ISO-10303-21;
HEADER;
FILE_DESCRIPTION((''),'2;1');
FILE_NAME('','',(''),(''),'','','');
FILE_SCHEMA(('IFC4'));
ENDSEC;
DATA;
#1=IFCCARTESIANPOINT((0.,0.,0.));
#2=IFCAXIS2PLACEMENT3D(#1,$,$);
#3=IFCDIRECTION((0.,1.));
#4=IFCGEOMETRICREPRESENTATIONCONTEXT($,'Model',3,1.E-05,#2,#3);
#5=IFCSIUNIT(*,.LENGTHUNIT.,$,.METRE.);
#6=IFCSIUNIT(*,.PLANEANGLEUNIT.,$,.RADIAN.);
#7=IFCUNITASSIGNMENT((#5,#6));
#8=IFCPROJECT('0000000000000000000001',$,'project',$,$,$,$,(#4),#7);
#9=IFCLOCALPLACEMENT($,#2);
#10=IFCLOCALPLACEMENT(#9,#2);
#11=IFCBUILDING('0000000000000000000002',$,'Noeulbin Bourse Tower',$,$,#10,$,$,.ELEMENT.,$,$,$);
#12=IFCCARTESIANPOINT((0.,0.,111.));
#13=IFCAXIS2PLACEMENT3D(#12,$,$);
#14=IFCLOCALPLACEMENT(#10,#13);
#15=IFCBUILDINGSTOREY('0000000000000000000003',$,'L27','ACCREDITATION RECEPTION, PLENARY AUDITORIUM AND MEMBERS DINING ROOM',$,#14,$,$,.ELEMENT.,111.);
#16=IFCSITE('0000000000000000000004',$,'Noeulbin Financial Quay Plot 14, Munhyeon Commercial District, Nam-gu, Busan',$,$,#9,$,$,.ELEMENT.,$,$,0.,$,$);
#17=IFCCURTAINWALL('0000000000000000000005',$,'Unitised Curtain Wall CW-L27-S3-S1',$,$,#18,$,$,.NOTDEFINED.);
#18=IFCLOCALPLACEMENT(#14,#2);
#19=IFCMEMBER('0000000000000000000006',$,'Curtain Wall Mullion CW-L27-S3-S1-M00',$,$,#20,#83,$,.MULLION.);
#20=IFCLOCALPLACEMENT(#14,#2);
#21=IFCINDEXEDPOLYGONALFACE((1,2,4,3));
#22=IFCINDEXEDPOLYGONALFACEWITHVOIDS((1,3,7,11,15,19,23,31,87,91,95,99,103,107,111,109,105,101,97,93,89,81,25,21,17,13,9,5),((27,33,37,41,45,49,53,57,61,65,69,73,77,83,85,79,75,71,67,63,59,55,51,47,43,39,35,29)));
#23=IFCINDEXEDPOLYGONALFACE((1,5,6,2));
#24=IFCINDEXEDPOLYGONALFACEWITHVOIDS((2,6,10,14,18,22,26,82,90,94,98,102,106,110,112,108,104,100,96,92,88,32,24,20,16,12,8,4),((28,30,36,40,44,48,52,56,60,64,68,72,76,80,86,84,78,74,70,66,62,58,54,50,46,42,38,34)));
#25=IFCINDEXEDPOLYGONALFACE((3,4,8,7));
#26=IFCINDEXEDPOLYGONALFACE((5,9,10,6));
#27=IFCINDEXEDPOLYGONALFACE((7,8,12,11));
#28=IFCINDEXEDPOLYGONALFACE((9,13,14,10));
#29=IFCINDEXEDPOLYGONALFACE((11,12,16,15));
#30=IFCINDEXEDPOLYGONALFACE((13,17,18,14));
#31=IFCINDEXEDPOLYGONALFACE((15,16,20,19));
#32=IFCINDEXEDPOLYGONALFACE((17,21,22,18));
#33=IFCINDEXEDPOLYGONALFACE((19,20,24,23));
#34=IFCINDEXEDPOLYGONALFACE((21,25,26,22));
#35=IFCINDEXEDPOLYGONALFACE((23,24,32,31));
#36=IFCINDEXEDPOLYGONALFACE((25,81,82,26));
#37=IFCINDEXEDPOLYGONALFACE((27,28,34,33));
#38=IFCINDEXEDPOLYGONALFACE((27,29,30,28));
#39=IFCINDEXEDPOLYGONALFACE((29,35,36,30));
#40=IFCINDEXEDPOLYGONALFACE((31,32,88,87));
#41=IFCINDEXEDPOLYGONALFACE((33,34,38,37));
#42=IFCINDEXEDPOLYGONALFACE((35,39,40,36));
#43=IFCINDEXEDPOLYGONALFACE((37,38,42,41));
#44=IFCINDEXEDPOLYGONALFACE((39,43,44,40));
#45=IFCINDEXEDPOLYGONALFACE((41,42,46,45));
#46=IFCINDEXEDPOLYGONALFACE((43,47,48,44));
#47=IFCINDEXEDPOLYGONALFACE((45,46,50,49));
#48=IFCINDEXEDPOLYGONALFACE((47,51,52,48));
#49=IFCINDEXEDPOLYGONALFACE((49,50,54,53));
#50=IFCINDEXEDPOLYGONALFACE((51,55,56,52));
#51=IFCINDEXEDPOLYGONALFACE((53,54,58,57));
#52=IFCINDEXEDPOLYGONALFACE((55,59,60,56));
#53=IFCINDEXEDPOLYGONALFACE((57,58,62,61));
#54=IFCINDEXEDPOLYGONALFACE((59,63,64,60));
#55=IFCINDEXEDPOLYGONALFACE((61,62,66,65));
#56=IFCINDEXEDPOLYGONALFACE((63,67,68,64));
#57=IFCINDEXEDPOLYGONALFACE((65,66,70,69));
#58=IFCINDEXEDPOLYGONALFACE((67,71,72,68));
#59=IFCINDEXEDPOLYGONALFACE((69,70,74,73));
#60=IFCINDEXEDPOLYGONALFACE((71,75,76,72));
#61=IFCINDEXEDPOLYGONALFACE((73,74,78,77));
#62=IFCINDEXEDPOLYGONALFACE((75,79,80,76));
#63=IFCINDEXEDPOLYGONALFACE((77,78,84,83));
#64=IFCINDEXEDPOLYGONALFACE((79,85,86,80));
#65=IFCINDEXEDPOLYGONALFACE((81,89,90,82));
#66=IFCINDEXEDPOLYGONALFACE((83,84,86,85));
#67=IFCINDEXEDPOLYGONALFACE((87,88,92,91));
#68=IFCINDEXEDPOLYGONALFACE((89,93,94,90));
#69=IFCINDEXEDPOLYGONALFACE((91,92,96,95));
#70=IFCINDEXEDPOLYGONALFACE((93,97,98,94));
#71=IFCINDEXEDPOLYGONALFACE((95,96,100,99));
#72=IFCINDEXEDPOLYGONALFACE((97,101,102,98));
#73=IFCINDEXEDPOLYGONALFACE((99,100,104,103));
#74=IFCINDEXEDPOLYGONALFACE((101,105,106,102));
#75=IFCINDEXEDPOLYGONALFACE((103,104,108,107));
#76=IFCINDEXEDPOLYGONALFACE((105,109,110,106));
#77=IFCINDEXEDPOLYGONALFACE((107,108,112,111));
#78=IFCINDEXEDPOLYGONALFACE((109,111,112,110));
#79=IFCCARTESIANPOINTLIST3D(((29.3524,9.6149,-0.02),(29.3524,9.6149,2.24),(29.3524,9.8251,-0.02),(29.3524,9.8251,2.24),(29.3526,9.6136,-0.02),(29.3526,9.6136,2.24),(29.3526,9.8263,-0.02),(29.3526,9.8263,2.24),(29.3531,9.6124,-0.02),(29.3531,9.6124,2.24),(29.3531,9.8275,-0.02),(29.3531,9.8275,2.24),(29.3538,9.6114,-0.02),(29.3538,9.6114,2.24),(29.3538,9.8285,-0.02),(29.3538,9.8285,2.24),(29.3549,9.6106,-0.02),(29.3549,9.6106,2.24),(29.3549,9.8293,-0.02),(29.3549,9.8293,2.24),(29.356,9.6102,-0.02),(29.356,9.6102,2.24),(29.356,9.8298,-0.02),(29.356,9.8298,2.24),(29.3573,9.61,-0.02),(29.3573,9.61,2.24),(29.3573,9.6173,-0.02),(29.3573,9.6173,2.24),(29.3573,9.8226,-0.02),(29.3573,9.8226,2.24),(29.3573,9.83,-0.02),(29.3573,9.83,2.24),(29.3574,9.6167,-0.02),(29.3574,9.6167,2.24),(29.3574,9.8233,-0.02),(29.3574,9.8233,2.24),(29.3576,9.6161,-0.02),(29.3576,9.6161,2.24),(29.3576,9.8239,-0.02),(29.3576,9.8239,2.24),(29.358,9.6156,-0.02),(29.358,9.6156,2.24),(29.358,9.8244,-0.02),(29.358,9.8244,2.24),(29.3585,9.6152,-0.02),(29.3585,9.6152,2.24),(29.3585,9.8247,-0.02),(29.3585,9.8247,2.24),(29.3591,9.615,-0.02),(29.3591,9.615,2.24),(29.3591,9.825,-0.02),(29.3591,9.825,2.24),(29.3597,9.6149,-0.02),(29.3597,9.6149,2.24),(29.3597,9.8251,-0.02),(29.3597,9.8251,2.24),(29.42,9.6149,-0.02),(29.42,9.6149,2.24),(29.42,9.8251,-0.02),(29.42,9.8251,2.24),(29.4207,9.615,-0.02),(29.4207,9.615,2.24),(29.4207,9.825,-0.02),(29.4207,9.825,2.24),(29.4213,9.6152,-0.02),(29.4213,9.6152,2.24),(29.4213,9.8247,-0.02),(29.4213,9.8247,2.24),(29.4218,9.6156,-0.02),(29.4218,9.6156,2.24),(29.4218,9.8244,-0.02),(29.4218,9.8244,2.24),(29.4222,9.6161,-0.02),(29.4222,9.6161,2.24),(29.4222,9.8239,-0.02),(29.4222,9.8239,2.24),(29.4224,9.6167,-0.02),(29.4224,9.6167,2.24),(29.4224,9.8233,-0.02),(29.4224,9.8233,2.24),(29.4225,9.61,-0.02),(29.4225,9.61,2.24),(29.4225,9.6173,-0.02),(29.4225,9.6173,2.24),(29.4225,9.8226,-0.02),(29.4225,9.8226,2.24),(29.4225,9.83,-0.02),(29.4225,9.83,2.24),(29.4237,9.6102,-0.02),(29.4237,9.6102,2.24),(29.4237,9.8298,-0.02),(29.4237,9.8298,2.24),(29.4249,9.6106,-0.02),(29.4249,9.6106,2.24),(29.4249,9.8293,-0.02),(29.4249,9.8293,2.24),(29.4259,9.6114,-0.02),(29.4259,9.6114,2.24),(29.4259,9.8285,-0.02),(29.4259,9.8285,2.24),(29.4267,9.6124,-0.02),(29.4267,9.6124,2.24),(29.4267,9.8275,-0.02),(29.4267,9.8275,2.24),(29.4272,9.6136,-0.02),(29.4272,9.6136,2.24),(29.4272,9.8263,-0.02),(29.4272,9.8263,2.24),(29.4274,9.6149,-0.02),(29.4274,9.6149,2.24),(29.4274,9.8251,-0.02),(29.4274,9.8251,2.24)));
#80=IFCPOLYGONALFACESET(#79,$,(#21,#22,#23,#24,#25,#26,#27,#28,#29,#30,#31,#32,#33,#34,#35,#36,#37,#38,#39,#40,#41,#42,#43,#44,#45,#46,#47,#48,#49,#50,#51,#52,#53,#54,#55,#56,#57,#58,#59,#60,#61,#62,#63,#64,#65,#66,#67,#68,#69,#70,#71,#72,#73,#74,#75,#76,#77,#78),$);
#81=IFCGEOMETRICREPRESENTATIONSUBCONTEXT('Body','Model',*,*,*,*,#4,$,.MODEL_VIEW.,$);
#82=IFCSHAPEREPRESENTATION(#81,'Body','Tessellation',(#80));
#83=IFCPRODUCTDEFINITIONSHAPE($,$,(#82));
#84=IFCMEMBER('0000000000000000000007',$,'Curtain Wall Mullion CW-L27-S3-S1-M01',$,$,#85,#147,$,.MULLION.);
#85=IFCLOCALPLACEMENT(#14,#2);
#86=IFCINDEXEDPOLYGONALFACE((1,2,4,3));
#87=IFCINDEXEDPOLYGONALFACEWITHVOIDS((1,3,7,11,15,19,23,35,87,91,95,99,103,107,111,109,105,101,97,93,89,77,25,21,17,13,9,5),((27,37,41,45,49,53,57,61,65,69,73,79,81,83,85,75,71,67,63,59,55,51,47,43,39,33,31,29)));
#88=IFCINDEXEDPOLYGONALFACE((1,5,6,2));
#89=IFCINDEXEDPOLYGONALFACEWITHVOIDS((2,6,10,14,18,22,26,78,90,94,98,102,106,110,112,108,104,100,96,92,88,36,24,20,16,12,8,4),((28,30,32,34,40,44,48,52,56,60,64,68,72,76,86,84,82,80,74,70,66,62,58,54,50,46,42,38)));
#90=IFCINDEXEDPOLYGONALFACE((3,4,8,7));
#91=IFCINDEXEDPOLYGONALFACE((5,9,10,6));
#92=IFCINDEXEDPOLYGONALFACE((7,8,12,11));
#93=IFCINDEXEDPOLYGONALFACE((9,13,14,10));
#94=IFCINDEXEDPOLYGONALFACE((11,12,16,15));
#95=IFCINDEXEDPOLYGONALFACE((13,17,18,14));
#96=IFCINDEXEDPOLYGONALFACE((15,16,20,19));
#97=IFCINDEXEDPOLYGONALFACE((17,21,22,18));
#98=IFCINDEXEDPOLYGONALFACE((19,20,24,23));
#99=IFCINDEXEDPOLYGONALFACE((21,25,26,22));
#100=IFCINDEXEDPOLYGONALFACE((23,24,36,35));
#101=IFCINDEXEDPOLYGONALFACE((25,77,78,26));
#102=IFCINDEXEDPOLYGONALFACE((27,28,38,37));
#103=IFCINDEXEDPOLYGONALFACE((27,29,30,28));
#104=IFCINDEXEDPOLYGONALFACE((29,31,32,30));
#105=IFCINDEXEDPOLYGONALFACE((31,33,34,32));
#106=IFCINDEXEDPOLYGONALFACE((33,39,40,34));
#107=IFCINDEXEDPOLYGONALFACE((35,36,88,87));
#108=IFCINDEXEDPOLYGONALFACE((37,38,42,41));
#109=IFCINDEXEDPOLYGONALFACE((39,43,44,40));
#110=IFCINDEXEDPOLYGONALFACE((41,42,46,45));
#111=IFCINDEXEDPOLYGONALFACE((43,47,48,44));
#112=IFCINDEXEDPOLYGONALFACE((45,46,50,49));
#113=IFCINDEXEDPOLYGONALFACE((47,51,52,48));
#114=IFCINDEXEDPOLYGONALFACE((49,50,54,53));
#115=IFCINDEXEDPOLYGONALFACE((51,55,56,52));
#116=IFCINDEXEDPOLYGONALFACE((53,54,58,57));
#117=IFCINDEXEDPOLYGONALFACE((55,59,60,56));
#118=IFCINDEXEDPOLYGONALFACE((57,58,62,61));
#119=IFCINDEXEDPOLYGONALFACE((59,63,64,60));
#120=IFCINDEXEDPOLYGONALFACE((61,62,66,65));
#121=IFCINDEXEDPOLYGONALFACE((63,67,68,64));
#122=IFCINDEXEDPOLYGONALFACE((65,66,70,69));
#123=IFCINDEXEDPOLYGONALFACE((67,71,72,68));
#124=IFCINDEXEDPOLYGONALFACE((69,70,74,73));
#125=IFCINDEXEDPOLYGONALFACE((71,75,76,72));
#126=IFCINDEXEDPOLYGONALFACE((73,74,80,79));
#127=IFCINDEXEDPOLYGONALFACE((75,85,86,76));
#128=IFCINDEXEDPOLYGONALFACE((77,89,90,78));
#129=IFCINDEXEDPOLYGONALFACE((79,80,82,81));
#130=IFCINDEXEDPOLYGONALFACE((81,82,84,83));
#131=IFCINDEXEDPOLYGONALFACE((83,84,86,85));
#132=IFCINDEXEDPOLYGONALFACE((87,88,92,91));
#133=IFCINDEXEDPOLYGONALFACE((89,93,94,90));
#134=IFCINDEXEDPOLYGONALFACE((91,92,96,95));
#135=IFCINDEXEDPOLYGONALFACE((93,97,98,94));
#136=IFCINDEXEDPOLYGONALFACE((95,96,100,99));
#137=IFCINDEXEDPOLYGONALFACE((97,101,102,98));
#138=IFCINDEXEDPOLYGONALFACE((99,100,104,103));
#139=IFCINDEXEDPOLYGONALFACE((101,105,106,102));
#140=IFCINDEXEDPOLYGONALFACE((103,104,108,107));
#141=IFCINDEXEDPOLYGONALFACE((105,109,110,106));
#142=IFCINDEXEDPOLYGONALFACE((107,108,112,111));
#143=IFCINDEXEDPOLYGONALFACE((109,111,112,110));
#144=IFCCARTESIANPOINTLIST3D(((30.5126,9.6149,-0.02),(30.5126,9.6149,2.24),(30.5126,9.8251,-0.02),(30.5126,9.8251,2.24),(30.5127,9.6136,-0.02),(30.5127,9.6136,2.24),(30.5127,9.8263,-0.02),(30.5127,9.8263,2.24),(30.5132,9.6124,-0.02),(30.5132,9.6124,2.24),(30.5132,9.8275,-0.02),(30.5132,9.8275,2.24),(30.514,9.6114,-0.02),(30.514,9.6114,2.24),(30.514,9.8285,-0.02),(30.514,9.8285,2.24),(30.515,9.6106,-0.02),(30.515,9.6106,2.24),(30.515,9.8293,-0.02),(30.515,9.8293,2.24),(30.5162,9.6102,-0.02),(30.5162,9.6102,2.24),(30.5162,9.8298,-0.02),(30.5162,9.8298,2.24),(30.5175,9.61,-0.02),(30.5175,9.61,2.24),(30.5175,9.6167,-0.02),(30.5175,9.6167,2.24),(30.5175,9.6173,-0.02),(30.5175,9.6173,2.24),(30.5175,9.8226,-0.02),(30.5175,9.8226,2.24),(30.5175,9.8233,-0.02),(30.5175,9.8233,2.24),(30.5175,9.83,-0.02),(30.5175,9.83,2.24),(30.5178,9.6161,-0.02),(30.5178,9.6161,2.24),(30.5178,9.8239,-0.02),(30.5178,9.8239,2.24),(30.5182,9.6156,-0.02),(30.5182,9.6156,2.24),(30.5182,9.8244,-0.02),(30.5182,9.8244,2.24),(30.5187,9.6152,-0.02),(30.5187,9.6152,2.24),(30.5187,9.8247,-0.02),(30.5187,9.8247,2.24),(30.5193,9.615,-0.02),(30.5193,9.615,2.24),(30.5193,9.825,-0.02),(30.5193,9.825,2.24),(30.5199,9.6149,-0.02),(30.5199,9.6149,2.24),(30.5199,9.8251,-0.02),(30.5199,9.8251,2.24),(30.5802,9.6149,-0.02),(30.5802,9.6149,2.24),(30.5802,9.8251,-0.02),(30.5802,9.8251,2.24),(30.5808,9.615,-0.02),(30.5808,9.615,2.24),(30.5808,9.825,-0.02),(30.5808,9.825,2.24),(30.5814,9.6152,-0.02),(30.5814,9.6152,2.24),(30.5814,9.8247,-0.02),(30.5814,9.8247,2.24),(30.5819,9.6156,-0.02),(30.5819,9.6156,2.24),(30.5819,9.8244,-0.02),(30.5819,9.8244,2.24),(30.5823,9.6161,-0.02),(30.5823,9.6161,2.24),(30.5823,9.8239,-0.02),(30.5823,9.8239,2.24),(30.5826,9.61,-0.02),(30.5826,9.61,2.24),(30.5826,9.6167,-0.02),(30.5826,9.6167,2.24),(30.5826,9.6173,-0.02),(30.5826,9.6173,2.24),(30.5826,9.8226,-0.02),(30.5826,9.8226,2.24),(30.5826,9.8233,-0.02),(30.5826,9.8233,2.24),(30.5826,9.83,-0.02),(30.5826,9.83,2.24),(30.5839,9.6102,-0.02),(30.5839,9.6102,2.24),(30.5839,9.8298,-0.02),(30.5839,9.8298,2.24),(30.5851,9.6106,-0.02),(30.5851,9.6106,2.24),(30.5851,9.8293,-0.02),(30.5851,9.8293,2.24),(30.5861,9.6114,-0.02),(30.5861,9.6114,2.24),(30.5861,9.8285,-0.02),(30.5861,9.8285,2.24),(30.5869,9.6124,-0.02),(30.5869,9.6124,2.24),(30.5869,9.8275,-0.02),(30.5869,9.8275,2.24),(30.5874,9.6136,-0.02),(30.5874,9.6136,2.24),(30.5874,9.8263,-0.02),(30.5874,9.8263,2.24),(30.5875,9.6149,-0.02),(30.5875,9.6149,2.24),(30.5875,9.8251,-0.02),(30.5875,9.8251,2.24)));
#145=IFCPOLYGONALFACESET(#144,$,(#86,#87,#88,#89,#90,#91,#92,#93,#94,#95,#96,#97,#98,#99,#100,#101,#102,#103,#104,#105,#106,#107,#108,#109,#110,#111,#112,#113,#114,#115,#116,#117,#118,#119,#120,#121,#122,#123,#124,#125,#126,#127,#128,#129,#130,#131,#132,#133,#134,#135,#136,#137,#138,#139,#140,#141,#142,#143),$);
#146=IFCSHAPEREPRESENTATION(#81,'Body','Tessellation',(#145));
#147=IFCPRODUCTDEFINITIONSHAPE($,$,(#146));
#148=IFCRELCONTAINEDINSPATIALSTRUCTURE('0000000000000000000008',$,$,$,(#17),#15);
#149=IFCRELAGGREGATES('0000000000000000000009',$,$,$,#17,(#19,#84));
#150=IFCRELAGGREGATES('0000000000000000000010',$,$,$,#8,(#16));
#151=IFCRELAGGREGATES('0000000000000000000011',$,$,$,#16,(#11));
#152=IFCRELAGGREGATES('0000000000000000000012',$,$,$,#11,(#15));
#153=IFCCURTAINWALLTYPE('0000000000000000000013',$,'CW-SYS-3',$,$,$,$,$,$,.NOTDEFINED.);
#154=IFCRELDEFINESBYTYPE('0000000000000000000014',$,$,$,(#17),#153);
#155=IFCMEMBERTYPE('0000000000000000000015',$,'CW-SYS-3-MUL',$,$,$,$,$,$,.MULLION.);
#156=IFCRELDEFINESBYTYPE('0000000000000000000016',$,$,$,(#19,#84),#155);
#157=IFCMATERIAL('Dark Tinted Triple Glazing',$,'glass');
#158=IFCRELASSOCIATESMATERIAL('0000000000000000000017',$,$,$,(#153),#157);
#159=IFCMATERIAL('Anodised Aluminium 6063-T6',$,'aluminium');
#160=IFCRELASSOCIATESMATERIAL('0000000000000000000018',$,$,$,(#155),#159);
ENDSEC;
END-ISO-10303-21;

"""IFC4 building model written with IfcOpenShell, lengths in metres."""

from ifc_helpers import new_model, si_unit, direction, frame, origin, origin_2d, place, context, subcontext, project, spatial, hollow_rectangle, extrude, material, material_profile, profile_set, type_object, element, aggregate, save


model = new_model("IFC4")

# Units and contexts
model_context = context("Model", 3, precision=1e-05, world=origin(), true_north=direction((0.0, 1.0)))
body_context = subcontext(model_context, "Body", "Model", "MODEL_VIEW")
ifc_project = project(units=[si_unit("LENGTHUNIT", "METRE"), si_unit("PLANEANGLEUNIT", "RADIAN")], contexts=[model_context])

# Site, building, storey
site_placement = place(None, origin())
site = spatial("IfcSite", under=ifc_project, at=site_placement, Name="Noeulbin Financial Quay Plot 14, Munhyeon Commercial District, Nam-gu, Busan", CompositionType="ELEMENT", RefElevation=0.0)
building_placement = place(site_placement, origin())
building = spatial("IfcBuilding", under=site, at=building_placement, Name="Noeulbin Bourse Tower", CompositionType="ELEMENT")
storey_placement = place(building_placement, frame((0.0, 0.0, 111.0)))
storey = spatial("IfcBuildingStorey", under=building, at=storey_placement, Name="L27", Description="ACCREDITATION RECEPTION, PLENARY AUDITORIUM AND MEMBERS DINING ROOM", CompositionType="ELEMENT", Elevation=111.0)

# Curtain wall, members
ifc_material_1 = material(Name="Dark Tinted Triple Glazing", Category="glass")
curtain_wall_type = type_object("IfcCurtainWallType", Name="CW-SYS-3", PredefinedType="NOTDEFINED", material=ifc_material_1)
curtain_wall_1_placement = place(storey_placement, origin())
curtain_wall_1 = element("IfcCurtainWall", 1, at=curtain_wall_1_placement, inside=storey, type_object=curtain_wall_type, Name="Unitised Curtain Wall CW-L27-S3-S1", PredefinedType="NOTDEFINED")
ifc_material_2 = material(Name="Anodised Aluminium 6063-T6", Category="aluminium")
ifc_material_profile_1 = material_profile(ifc_material_2, hollow_rectangle(XDim=0.075, YDim=0.22, WallThickness=0.0049, InnerFilletRadius=0.0024, OuterFilletRadius=0.0049, at=origin_2d()), Name="ALU-MULL-75x220x5", Category="LoadBearing")
ifc_profile_set_1 = profile_set([ifc_material_profile_1], Name="Anodised Aluminium 6063-T6")
member_type_1 = type_object("IfcMemberType", Name="CW-SYS-3-MUL", PredefinedType="MULLION", material=ifc_profile_set_1)
member_1_placement = place(storey_placement, frame((29.3899, 9.72, -0.02), z_axis=(0.0, 0.0, 1.0), x_axis=(1.0, 0.0, 0.0)))
member_1 = element("IfcMember", 2, at=member_1_placement, type_object=member_type_1, Name="Curtain Wall Mullion CW-L27-S3-S1-M00", PredefinedType="MULLION", context=body_context, shape_type="SweptSolid", body=[
    extrude(hollow_rectangle(XDim=0.075, YDim=0.22, WallThickness=0.0049, InnerFilletRadius=0.0024, OuterFilletRadius=0.0049, at=origin_2d()), origin(), (0.0, 0.0, 1.0), 2.26),
])
member_2_placement = place(storey_placement, frame((30.55, 9.72, -0.02), z_axis=(0.0, 0.0, 1.0), x_axis=(1.0, 0.0, 0.0)))
member_2 = element("IfcMember", 3, at=member_2_placement, type_object=member_type_1, Name="Curtain Wall Mullion CW-L27-S3-S1-M01", PredefinedType="MULLION", context=body_context, shape_type="SweptSolid", body=[
    extrude(hollow_rectangle(XDim=0.075, YDim=0.22, WallThickness=0.0049, InnerFilletRadius=0.0024, OuterFilletRadius=0.0049, at=origin_2d()), origin(), (0.0, 0.0, 1.0), 2.26),
])

aggregate(curtain_wall_1, [member_1, member_2])

save(model, "model.ifc")
